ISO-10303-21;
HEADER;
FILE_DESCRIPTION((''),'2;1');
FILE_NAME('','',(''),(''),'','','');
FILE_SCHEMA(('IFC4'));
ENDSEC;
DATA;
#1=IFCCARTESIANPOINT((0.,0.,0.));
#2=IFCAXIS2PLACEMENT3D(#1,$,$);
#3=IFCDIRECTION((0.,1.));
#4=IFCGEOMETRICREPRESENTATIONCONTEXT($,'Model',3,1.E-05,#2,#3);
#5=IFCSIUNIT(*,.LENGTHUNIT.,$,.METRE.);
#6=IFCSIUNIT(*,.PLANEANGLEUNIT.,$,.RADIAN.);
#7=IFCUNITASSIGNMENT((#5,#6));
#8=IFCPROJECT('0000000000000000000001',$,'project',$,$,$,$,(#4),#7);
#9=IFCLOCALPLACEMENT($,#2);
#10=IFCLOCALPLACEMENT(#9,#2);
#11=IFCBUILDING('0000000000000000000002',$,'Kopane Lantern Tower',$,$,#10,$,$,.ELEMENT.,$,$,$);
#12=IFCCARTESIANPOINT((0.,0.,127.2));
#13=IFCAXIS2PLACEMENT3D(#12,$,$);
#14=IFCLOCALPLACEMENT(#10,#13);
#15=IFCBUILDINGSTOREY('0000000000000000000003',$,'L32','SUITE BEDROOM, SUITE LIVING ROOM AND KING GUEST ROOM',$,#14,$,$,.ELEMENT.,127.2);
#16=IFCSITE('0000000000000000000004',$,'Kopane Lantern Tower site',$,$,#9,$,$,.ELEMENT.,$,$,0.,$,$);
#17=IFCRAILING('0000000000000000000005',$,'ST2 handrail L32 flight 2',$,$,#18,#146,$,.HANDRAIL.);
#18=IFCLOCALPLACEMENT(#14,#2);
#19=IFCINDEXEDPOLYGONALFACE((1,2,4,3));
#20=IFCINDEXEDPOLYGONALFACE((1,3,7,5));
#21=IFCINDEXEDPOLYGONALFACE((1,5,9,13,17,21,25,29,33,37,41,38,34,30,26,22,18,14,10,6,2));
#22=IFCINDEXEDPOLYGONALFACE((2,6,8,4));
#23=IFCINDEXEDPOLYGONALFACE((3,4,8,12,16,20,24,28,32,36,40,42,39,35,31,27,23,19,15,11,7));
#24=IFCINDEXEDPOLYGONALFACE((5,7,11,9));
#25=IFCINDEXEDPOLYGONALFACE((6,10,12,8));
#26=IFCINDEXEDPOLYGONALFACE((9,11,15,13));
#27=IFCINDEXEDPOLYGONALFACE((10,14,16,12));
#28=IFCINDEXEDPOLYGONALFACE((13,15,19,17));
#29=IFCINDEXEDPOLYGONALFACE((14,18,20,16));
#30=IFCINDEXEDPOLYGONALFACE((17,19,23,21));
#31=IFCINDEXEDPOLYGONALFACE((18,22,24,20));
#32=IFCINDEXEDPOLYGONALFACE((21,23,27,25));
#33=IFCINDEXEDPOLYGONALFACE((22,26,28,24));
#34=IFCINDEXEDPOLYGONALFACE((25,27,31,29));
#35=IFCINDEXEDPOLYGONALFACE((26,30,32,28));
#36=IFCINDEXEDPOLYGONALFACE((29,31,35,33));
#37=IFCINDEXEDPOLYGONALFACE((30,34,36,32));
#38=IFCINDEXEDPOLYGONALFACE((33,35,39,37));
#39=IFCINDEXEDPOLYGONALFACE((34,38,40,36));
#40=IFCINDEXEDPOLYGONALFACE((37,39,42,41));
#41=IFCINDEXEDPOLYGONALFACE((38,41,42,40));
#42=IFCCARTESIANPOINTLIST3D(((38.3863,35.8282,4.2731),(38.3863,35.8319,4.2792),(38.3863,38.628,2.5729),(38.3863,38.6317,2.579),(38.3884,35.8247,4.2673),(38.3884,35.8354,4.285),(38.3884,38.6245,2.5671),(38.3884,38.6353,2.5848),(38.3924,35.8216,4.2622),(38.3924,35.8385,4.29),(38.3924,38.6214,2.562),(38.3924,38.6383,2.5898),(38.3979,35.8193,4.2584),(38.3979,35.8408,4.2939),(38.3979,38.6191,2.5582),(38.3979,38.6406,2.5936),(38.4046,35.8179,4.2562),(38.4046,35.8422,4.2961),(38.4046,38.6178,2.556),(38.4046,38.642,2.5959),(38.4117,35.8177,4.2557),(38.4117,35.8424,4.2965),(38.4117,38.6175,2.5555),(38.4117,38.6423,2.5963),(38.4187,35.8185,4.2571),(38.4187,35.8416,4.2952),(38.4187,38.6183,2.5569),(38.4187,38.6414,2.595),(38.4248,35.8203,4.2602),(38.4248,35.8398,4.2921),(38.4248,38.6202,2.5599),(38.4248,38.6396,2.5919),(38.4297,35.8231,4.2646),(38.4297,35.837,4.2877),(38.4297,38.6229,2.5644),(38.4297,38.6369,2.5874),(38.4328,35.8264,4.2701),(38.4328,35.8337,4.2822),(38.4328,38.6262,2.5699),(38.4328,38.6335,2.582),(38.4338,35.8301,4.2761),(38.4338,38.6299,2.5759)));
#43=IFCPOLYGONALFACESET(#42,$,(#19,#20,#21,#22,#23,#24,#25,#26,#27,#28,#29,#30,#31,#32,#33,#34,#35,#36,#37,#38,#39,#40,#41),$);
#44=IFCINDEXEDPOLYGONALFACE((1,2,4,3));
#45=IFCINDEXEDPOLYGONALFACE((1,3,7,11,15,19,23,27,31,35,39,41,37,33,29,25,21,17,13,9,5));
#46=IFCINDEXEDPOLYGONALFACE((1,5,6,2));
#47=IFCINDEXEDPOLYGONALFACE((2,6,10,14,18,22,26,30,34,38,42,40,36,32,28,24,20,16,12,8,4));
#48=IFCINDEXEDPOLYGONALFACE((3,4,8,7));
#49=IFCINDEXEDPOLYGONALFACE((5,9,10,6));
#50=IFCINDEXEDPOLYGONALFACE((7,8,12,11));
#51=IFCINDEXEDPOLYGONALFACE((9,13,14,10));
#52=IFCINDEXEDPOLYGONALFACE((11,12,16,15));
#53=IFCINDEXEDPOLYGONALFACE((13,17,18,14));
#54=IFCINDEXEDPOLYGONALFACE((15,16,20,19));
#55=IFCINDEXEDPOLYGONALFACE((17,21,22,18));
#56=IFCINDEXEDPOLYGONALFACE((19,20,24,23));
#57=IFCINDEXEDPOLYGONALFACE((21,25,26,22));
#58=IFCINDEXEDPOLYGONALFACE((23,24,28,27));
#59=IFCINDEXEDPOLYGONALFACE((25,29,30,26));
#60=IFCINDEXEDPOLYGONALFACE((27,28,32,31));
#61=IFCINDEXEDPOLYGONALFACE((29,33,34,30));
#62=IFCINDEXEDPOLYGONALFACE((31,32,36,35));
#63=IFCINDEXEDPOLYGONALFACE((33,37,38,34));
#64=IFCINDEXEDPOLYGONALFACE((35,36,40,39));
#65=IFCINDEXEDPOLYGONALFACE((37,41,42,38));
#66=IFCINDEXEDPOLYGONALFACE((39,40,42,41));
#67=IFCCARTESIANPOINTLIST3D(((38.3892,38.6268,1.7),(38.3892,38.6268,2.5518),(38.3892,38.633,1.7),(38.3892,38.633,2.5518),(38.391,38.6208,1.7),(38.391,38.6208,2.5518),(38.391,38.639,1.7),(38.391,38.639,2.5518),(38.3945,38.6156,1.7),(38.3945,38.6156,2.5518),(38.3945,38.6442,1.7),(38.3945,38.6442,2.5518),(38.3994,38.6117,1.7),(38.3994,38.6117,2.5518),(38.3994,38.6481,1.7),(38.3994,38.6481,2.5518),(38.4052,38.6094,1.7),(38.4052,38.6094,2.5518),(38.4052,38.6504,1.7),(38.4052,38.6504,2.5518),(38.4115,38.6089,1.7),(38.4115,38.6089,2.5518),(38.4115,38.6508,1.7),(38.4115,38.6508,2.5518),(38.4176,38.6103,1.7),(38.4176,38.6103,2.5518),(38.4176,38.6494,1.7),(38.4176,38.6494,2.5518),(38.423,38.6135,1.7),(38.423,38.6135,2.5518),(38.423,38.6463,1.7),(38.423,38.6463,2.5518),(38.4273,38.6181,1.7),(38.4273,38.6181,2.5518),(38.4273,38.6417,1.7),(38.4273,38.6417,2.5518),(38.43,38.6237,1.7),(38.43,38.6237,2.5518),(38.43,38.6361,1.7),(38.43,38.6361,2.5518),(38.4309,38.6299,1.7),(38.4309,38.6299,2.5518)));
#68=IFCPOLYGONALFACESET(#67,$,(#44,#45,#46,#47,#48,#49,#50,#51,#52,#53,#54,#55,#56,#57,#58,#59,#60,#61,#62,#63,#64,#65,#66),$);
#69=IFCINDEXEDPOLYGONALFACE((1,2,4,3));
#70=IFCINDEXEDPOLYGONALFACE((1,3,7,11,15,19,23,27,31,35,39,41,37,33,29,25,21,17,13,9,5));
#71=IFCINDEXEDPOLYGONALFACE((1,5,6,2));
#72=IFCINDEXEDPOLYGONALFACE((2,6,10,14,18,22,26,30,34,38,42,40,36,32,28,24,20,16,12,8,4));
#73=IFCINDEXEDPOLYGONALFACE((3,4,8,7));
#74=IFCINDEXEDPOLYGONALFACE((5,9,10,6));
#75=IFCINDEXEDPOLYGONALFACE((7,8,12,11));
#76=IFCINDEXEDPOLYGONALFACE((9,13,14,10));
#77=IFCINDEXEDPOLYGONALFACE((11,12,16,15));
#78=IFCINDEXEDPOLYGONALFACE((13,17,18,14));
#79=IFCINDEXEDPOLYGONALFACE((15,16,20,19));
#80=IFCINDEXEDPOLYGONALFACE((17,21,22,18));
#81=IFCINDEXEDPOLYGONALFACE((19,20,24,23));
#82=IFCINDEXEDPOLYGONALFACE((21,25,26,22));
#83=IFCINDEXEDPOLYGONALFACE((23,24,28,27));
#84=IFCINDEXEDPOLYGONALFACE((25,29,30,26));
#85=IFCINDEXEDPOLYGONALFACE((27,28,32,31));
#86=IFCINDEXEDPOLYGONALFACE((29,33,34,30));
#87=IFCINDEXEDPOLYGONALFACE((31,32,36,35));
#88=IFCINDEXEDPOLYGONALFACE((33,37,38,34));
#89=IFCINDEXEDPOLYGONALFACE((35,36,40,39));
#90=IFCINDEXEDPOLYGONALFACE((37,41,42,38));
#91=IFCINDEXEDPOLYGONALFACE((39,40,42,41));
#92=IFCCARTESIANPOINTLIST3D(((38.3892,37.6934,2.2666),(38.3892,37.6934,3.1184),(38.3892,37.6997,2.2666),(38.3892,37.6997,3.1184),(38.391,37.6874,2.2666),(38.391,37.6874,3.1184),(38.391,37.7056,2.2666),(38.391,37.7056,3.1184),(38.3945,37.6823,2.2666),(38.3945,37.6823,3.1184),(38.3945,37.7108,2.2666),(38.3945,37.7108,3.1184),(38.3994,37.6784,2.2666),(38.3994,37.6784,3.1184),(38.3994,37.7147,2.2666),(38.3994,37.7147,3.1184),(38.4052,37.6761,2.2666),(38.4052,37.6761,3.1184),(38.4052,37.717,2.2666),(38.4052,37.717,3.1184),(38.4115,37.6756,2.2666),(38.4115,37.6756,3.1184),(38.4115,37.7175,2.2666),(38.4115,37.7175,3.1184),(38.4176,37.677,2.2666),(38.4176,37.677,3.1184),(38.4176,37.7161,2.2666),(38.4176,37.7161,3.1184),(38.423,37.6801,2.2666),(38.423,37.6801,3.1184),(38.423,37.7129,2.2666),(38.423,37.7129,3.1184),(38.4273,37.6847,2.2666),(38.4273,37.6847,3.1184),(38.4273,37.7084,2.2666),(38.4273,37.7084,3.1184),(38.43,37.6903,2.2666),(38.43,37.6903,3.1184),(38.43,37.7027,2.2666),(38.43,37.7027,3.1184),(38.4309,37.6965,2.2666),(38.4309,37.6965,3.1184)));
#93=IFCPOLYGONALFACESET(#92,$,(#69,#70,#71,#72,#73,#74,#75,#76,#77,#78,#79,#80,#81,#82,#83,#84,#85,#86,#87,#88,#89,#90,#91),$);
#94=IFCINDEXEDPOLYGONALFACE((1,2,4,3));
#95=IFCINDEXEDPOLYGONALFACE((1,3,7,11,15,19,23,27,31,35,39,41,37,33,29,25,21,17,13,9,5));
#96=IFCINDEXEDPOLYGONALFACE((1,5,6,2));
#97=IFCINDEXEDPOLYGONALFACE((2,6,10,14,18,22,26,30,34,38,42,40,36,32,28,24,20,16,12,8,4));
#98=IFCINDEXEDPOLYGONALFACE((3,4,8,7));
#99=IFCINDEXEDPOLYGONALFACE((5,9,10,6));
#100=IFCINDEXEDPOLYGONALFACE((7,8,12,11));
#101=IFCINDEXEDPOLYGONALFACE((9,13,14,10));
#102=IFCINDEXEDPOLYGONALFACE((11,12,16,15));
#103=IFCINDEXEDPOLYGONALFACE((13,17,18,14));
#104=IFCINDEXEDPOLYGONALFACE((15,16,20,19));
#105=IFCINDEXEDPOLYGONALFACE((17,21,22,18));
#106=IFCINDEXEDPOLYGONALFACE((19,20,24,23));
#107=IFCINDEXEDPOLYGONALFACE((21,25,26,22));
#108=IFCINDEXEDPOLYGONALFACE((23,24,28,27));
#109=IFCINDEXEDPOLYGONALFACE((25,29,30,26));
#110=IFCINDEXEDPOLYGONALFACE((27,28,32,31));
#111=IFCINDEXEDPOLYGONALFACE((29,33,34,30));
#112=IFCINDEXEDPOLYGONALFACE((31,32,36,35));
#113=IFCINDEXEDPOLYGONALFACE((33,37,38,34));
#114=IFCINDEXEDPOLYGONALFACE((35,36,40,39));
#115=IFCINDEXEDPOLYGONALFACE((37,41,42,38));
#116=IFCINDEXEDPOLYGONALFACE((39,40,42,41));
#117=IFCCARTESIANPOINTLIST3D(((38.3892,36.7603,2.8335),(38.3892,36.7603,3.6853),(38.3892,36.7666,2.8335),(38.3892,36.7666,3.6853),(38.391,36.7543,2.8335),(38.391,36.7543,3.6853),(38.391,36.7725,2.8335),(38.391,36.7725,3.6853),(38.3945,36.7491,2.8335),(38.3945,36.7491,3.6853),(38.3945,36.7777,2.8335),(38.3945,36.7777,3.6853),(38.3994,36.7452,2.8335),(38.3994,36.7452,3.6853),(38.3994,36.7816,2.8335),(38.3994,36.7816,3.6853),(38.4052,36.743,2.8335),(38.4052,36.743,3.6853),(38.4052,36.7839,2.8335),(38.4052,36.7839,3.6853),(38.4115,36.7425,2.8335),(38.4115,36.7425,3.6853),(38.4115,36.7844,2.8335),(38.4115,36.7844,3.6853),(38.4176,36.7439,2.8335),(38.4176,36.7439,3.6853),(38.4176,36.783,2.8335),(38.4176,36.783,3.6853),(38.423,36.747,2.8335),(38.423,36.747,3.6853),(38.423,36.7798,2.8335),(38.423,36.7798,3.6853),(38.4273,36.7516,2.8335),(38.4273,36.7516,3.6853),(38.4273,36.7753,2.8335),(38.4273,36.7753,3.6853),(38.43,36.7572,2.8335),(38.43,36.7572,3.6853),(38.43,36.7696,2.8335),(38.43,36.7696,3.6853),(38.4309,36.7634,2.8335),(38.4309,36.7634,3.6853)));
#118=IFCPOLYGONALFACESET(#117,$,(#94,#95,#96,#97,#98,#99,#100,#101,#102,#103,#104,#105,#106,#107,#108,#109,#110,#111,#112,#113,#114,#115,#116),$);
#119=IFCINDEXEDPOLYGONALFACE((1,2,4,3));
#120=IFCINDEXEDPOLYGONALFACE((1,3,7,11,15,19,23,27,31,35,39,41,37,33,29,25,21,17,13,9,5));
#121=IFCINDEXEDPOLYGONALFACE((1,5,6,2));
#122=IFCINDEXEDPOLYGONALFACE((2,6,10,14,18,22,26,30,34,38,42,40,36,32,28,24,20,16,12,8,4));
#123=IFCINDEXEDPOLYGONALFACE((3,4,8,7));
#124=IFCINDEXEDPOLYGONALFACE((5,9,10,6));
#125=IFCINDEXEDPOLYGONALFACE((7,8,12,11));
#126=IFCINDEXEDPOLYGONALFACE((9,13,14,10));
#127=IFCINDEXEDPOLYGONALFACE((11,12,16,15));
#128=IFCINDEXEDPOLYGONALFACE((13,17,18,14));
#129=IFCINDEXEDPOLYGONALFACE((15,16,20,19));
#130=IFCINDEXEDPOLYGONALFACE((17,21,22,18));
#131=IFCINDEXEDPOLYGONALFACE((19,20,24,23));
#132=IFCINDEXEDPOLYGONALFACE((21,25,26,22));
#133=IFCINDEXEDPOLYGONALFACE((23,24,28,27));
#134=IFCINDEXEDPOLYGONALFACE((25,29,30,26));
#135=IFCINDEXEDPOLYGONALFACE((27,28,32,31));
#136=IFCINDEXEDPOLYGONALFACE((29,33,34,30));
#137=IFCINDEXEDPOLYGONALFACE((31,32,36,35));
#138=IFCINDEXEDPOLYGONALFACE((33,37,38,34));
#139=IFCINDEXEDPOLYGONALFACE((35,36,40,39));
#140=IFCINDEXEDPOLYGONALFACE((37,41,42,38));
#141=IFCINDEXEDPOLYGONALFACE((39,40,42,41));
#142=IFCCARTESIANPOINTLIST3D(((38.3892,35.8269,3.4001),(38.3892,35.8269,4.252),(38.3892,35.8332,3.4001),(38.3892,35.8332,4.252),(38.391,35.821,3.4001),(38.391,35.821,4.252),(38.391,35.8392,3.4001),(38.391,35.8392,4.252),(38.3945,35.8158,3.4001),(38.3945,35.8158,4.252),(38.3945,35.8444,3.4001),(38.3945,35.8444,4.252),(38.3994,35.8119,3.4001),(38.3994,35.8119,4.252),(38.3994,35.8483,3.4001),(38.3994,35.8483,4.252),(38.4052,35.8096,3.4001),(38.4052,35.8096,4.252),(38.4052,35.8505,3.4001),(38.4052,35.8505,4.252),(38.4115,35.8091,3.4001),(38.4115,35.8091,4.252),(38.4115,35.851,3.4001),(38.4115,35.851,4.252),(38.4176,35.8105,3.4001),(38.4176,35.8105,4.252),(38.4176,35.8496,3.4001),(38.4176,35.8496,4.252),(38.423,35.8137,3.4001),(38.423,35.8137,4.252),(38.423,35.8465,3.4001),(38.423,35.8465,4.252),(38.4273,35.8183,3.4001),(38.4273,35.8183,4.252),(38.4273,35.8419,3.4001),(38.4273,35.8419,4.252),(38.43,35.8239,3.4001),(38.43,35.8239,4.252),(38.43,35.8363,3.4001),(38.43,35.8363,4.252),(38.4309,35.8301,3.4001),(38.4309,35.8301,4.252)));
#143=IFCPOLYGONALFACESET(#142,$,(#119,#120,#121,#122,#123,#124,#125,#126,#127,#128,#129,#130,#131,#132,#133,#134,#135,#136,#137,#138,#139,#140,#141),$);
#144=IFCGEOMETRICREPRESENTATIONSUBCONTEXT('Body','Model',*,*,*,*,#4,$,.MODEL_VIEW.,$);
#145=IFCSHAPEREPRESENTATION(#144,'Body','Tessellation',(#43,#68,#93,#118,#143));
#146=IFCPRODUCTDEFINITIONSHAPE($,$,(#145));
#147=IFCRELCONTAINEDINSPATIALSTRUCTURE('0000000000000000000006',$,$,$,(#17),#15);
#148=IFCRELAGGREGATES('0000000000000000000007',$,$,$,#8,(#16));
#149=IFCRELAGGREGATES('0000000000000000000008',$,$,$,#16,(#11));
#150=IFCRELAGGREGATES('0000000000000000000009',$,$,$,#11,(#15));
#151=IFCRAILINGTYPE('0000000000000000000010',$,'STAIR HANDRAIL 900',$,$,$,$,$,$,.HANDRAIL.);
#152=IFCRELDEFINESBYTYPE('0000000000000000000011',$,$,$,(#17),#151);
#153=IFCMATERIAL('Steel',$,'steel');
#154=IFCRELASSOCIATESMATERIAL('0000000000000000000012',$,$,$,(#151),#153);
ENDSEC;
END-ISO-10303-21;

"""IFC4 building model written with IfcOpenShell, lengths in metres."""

from ifc_helpers import new_model, si_unit, direction, frame, origin, origin_2d, place, context, subcontext, project, spatial, circle, extrude, material, type_object, element, save


model = new_model("IFC4")

# Units and contexts
model_context = context("Model", 3, precision=1e-05, world=origin(), true_north=direction((0.0, 1.0)))
body_context = subcontext(model_context, "Body", "Model", "MODEL_VIEW")
ifc_project = project(units=[si_unit("LENGTHUNIT", "METRE"), si_unit("PLANEANGLEUNIT", "RADIAN")], contexts=[model_context])

# Site, building, storey
site_placement = place(None, origin())
site = spatial("IfcSite", under=ifc_project, at=site_placement, Name="Kopane Lantern Tower site", CompositionType="ELEMENT", RefElevation=0.0)
building_placement = place(site_placement, origin())
building = spatial("IfcBuilding", under=site, at=building_placement, Name="Kopane Lantern Tower", CompositionType="ELEMENT")
storey_placement = place(building_placement, frame((0.0, 0.0, 127.2)))
storey = spatial("IfcBuildingStorey", under=building, at=storey_placement, Name="L32", Description="SUITE BEDROOM, SUITE LIVING ROOM AND KING GUEST ROOM", CompositionType="ELEMENT", Elevation=127.2)

# Railing
ifc_material_1 = material(Name="Steel", Category="steel")
railing_type_1 = type_object("IfcRailingType", Name="STAIR HANDRAIL 900", PredefinedType="HANDRAIL", material=ifc_material_1)
for number, where, name in (
    (1, (38.4099, 38.6299, 1.7), "ST2 handrail L32 flight 2"),
):
    element("IfcRailing", number, at=place(storey_placement, frame(where)), inside=storey, type_object=railing_type_1, Name=name, PredefinedType="HANDRAIL", context=body_context, shape_type="SweptSolid", body=[
        extrude(circle(Radius=0.0239, at=origin_2d()), frame((0.0, 0.0, 0.876), z_axis=(0.0, -0.854745, 0.519048), x_axis=(1.0, 0.0, 0.0)), (0.0, 0.0, 1.0), 3.2756),
        extrude(circle(Radius=0.021, at=origin_2d()), origin(), (0.0, 0.0, 1.0), 0.8518),
        extrude(circle(Radius=0.021, at=origin_2d()), frame((0.0, -0.9333, 0.5667)), (0.0, 0.0, 1.0), 0.8518),
        extrude(circle(Radius=0.021, at=origin_2d()), frame((0.0, -1.8665, 1.1335)), (0.0, 0.0, 1.0), 0.8518),
        extrude(circle(Radius=0.021, at=origin_2d()), frame((0.0, -2.7998, 1.7002)), (0.0, 0.0, 1.0), 0.8518),
    ])

save(model, "model.ifc")
